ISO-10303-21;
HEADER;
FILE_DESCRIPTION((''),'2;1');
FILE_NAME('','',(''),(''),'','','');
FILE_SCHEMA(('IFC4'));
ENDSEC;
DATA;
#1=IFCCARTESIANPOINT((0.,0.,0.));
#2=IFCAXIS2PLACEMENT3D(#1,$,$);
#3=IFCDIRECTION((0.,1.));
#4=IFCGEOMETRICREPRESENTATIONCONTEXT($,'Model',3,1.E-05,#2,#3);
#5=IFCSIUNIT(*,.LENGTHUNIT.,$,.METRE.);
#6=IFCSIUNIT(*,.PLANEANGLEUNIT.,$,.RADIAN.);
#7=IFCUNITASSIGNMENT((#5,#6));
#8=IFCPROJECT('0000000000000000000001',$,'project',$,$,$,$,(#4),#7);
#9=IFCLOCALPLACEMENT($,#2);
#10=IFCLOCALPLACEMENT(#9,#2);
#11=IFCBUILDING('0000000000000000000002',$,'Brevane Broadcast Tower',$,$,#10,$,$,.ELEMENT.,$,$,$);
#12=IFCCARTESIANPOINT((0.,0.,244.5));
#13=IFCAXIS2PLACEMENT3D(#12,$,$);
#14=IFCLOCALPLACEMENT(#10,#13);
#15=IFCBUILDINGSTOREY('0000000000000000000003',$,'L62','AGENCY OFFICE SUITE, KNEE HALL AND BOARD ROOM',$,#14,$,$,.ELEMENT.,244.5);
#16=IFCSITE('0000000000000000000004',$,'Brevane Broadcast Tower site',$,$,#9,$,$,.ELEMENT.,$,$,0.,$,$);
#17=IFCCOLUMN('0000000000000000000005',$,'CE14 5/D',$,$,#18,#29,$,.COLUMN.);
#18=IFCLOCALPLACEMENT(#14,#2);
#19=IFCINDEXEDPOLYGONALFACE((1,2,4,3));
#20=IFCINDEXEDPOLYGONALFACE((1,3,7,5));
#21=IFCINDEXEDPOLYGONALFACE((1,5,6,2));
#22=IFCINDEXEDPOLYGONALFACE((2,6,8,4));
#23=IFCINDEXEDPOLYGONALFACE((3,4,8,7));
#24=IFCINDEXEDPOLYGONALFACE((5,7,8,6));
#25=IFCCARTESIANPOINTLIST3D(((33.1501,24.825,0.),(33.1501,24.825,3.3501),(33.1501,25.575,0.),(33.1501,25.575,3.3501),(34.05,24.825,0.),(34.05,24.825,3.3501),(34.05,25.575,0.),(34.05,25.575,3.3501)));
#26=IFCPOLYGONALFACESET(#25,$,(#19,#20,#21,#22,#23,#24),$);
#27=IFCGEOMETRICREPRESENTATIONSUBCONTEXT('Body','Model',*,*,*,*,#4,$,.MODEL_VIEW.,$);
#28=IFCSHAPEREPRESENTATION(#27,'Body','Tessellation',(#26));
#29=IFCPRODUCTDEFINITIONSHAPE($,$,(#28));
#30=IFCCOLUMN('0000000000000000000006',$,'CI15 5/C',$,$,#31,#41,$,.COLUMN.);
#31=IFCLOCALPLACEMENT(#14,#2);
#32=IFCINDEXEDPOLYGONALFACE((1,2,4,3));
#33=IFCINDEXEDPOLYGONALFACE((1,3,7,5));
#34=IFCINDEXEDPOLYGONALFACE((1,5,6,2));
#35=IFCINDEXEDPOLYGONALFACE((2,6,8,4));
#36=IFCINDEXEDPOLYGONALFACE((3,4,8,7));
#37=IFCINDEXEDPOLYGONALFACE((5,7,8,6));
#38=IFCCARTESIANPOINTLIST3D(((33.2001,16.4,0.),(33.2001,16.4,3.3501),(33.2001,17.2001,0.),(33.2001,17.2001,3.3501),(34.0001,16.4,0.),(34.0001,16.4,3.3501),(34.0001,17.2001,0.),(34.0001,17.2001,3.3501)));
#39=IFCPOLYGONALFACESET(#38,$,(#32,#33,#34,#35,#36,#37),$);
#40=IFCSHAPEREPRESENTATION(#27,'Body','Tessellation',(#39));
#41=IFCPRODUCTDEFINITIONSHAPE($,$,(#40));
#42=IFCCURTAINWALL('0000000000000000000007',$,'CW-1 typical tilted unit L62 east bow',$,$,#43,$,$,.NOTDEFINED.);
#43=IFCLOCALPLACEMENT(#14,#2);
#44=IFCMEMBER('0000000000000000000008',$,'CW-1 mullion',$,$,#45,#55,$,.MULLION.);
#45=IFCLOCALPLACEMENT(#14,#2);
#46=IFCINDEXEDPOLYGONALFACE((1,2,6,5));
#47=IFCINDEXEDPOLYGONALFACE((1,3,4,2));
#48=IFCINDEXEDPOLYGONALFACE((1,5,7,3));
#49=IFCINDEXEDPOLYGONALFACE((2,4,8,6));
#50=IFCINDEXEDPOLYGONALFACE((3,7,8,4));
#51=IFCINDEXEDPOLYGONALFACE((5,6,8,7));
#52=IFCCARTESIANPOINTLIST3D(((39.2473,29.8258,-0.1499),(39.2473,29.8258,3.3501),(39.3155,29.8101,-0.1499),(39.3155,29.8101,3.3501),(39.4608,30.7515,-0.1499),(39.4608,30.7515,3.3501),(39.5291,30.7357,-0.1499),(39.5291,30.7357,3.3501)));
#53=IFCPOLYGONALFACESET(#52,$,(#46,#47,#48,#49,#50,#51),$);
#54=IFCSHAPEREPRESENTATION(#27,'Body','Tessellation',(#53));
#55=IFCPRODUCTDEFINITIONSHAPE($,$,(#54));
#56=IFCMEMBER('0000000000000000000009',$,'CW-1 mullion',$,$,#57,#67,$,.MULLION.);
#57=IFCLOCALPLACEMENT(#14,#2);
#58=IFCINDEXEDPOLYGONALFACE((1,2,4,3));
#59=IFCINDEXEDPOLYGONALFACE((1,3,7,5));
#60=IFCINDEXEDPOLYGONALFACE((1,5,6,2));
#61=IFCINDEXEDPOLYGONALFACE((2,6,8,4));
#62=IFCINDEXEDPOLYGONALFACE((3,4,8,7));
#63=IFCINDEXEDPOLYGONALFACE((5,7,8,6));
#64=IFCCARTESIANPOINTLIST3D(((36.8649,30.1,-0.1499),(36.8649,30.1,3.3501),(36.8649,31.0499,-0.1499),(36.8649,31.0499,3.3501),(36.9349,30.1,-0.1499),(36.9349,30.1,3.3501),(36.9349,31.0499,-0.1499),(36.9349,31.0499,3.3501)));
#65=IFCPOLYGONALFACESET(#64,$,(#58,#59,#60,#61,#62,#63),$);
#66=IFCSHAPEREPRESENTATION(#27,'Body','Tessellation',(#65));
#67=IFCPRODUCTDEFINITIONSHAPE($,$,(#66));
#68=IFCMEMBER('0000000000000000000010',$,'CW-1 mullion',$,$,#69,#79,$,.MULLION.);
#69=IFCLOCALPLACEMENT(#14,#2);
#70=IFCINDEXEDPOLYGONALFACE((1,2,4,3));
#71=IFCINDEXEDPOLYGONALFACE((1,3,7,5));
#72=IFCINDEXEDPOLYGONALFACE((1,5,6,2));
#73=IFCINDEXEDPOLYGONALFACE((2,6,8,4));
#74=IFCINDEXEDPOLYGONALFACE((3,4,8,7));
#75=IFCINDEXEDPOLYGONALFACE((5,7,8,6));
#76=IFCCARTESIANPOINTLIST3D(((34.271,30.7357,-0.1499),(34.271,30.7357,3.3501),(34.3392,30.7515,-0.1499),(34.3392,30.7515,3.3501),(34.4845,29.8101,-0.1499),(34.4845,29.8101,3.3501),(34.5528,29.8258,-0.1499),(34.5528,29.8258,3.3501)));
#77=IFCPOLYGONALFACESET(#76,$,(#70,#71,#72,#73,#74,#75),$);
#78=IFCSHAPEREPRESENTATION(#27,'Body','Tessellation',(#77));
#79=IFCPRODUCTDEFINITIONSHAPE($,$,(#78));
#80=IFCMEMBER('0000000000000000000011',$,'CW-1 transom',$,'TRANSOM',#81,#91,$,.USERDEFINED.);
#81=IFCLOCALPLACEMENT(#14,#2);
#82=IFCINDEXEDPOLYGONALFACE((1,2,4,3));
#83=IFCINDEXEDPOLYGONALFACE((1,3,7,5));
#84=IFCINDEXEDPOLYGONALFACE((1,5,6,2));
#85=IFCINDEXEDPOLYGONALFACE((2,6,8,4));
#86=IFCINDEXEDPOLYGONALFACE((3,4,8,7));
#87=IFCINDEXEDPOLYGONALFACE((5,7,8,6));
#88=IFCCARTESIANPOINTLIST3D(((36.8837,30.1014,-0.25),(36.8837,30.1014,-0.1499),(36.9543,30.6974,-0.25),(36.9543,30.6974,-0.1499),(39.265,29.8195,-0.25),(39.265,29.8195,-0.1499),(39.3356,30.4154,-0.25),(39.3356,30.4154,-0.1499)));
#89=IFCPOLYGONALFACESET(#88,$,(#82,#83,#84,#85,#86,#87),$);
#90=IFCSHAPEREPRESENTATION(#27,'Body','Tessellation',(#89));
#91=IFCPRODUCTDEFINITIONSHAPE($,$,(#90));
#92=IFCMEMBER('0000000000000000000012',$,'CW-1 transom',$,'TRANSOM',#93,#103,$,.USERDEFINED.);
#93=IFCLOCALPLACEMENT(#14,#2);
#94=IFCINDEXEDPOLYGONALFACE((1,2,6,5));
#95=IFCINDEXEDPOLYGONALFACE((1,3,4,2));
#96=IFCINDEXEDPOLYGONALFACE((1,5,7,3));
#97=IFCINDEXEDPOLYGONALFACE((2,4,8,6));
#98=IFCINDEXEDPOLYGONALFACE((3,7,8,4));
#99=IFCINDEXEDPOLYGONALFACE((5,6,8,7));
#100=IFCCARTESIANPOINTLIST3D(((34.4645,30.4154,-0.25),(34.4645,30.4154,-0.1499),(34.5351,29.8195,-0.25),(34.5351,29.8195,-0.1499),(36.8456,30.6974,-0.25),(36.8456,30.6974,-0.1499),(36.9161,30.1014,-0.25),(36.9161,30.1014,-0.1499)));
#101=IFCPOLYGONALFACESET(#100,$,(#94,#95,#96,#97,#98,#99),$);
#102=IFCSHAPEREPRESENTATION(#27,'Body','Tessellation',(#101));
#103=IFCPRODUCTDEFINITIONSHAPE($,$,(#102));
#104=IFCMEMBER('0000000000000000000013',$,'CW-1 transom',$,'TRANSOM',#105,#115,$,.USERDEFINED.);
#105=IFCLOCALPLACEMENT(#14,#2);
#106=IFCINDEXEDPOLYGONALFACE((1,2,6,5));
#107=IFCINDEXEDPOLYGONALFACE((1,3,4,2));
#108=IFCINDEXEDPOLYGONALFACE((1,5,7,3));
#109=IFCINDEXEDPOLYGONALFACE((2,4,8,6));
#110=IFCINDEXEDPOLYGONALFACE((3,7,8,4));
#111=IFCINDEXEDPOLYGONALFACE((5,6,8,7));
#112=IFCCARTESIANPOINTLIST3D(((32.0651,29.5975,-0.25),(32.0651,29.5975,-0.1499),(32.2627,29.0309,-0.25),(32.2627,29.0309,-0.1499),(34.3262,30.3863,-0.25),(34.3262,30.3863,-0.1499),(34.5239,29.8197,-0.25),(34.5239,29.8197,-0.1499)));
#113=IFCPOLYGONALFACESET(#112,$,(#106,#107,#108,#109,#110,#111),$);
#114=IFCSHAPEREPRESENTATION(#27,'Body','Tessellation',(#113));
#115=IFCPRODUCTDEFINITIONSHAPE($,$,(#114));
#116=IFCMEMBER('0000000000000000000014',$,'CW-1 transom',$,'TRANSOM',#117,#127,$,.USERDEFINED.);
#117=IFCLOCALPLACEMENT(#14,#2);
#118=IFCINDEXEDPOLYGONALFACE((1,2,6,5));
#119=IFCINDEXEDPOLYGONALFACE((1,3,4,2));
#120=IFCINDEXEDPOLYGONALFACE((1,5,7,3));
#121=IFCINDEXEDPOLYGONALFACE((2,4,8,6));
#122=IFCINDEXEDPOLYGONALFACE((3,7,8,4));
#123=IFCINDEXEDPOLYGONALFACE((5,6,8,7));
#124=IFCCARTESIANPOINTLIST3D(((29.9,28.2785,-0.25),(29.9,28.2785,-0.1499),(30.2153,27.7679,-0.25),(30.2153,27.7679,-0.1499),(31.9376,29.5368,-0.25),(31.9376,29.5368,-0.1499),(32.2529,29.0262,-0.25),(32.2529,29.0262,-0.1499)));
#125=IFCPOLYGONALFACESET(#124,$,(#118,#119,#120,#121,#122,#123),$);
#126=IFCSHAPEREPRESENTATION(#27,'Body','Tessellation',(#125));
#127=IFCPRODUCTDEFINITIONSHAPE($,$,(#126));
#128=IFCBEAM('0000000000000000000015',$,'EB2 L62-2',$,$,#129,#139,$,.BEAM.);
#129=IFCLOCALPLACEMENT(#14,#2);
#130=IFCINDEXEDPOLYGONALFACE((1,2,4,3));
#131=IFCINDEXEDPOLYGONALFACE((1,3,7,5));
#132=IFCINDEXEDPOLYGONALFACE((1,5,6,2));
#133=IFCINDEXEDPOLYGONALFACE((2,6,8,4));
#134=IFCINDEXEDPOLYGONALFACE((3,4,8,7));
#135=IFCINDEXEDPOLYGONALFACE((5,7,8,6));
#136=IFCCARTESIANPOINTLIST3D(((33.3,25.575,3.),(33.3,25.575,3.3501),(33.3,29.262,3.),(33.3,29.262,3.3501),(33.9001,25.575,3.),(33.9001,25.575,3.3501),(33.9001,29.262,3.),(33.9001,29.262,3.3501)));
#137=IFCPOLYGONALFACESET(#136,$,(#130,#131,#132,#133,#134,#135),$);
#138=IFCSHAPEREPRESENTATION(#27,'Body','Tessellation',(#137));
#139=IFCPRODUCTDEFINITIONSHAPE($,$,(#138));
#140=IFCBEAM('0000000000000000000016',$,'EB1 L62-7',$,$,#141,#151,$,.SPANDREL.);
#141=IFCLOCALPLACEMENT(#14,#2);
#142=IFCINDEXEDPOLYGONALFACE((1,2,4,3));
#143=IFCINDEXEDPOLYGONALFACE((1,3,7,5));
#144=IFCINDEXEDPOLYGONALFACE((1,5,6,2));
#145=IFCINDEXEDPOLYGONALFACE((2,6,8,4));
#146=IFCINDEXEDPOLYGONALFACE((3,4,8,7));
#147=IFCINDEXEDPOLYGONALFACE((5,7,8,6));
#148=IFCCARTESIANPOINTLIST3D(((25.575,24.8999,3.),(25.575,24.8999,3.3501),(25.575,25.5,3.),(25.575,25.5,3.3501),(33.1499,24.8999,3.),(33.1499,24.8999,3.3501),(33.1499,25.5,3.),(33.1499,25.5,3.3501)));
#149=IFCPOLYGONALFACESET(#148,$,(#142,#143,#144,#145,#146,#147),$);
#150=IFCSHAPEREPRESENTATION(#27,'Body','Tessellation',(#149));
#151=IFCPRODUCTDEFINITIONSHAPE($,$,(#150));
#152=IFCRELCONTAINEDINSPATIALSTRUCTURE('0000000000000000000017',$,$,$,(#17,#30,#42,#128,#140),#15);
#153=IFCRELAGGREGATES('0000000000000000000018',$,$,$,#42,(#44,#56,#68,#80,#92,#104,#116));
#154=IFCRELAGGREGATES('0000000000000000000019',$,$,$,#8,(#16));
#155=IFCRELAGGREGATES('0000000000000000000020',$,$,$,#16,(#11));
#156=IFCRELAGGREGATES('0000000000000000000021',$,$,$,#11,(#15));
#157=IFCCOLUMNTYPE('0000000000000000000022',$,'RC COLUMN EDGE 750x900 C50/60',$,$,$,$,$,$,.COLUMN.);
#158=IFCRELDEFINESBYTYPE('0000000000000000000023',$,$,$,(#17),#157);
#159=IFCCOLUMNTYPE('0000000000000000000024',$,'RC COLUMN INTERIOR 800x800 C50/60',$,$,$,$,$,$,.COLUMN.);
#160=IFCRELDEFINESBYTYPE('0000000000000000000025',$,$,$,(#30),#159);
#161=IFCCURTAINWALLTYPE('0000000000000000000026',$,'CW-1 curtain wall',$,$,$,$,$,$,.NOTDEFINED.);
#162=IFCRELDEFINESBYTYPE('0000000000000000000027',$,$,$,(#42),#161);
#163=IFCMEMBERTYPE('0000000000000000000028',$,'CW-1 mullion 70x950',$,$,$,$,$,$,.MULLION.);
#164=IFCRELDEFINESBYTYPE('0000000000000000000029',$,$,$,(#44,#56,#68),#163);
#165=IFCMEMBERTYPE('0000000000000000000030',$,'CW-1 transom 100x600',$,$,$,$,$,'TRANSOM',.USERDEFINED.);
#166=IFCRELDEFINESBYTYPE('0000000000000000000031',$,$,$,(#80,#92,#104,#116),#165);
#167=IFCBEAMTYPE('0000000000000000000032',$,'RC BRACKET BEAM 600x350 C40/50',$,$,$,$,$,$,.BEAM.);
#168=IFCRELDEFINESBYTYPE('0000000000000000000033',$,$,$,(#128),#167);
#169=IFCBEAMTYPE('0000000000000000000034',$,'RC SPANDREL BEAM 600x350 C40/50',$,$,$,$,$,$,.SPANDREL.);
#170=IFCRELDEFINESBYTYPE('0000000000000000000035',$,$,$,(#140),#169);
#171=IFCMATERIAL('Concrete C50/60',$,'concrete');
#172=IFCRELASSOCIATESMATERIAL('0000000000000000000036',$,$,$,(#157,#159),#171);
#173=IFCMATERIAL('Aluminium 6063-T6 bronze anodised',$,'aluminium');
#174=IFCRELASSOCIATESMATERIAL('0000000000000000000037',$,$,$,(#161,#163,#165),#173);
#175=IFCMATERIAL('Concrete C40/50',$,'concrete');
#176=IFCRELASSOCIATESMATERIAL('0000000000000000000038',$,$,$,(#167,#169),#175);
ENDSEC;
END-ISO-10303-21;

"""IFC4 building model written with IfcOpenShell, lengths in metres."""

from ifc_helpers import new_model, si_unit, direction, frame, origin, origin_2d, place, context, subcontext, project, spatial, rectangle, extrude, material, material_profile, profile_set, type_object, element, aggregate, save


model = new_model("IFC4")

# Units and contexts
model_context = context("Model", 3, precision=1e-05, world=origin(), true_north=direction((0.0, 1.0)))
body_context = subcontext(model_context, "Body", "Model", "MODEL_VIEW")
ifc_project = project(units=[si_unit("LENGTHUNIT", "METRE"), si_unit("PLANEANGLEUNIT", "RADIAN")], contexts=[model_context])

# Site, building, storey
site_placement = place(None, origin())
site = spatial("IfcSite", under=ifc_project, at=site_placement, Name="Brevane Broadcast Tower site", CompositionType="ELEMENT", RefElevation=0.0)
building_placement = place(site_placement, origin())
building = spatial("IfcBuilding", under=site, at=building_placement, Name="Brevane Broadcast Tower", CompositionType="ELEMENT")
storey_placement = place(building_placement, frame((0.0, 0.0, 244.5)))
storey = spatial("IfcBuildingStorey", under=building, at=storey_placement, Name="L62", Description="AGENCY OFFICE SUITE, KNEE HALL AND BOARD ROOM", CompositionType="ELEMENT", Elevation=244.5)

# Columns
ifc_material_1 = material(Name="Concrete C50/60", Category="concrete")
ifc_material_profile_1 = material_profile(ifc_material_1, rectangle(XDim=0.75, YDim=0.8999, at=origin_2d()), Name="RC 750x900")
ifc_profile_set_1 = profile_set([ifc_material_profile_1], Name="Concrete C50/60")
column_type_1 = type_object("IfcColumnType", Name="RC COLUMN EDGE 750x900 C50/60", PredefinedType="COLUMN", material=ifc_profile_set_1)
column_1_placement = place(storey_placement, frame((33.6001, 25.2, 0.0), z_axis=(0.0, 0.0, 1.0), x_axis=(0.0, 1.0, 0.0)))
element("IfcColumn", 1, at=column_1_placement, inside=storey, type_object=column_type_1, Name="CE14 5/D", PredefinedType="COLUMN", context=body_context, shape_type="SweptSolid", body=[
    extrude(rectangle(XDim=0.75, YDim=0.8999, at=origin_2d()), origin(), (0.0, 0.0, 1.0), 3.3501),
])
ifc_material_profile_2 = material_profile(ifc_material_1, rectangle(XDim=0.8, YDim=0.8, at=origin_2d()), Name="RC 800x800")
ifc_profile_set_2 = profile_set([ifc_material_profile_2], Name="Concrete C50/60")
column_type_2 = type_object("IfcColumnType", Name="RC COLUMN INTERIOR 800x800 C50/60", PredefinedType="COLUMN", material=ifc_profile_set_2)
column_2_placement = place(storey_placement, frame((33.6001, 16.8, 0.0), z_axis=(0.0, 0.0, 1.0), x_axis=(1.0, 0.0, 0.0)))
element("IfcColumn", 2, at=column_2_placement, inside=storey, type_object=column_type_2, Name="CI15 5/C", PredefinedType="COLUMN", context=body_context, shape_type="SweptSolid", body=[
    extrude(rectangle(XDim=0.8, YDim=0.8, at=origin_2d()), origin(), (0.0, 0.0, 1.0), 3.3501),
])

# Curtain wall, members
ifc_material_2 = material(Name="Aluminium 6063-T6 bronze anodised", Category="aluminium")
curtain_wall_type = type_object("IfcCurtainWallType", Name="CW-1 curtain wall", PredefinedType="NOTDEFINED", material=ifc_material_2)
curtain_wall_placement = place(storey_placement, origin())
curtain_wall = element("IfcCurtainWall", 3, at=curtain_wall_placement, inside=storey, type_object=curtain_wall_type, Name="CW-1 typical tilted unit L62 east bow", PredefinedType="NOTDEFINED")
ifc_material_profile_3 = material_profile(ifc_material_2, rectangle(XDim=0.95, YDim=0.0701, at=origin_2d()), Name="RECT 70x950")
ifc_profile_set_3 = profile_set([ifc_material_profile_3], Name="Aluminium 6063-T6 bronze anodised")
member_type_1 = type_object("IfcMemberType", Name="CW-1 mullion 70x950", PredefinedType="MULLION", material=ifc_profile_set_3)
member_1_placement = place(storey_placement, frame((39.3882, 30.2808, -0.1499), z_axis=(0.0, 0.0, 1.0), x_axis=(-0.224807, -0.974403, 0.0)))
member_1 = element("IfcMember", 4, at=member_1_placement, type_object=member_type_1, Name="CW-1 mullion", PredefinedType="MULLION", context=body_context, shape_type="SweptSolid", body=[
    extrude(rectangle(XDim=0.95, YDim=0.0701, at=origin_2d()), origin(), (0.0, 0.0, 1.0), 3.5),
])
member_2_placement = place(storey_placement, frame((36.8999, 30.575, -0.1499), z_axis=(0.0, 0.0, 1.0), x_axis=(0.0, -1.0, 0.0)))
member_2 = element("IfcMember", 5, at=member_2_placement, type_object=member_type_1, Name="CW-1 mullion", PredefinedType="MULLION", context=body_context, shape_type="SweptSolid", body=[
    extrude(rectangle(XDim=0.95, YDim=0.0701, at=origin_2d()), origin(), (0.0, 0.0, 1.0), 3.5),
])
member_3_placement = place(storey_placement, frame((34.4119, 30.2808, -0.1499), z_axis=(0.0, 0.0, 1.0), x_axis=(0.224807, -0.974403, 0.0)))
member_3 = element("IfcMember", 6, at=member_3_placement, type_object=member_type_1, Name="CW-1 mullion", PredefinedType="MULLION", context=body_context, shape_type="SweptSolid", body=[
    extrude(rectangle(XDim=0.95, YDim=0.0701, at=origin_2d()), origin(), (0.0, 0.0, 1.0), 3.5),
])
ifc_material_profile_4 = material_profile(ifc_material_2, rectangle(XDim=0.6001, YDim=0.1001, at=origin_2d()), Name="RECT 100x600")
ifc_profile_set_4 = profile_set([ifc_material_profile_4], Name="Aluminium 6063-T6 bronze anodised")
member_type_2 = type_object("IfcMemberType", Name="CW-1 transom 100x600", ElementType="TRANSOM", PredefinedType="USERDEFINED", material=ifc_profile_set_4)
member_4_placement = place(storey_placement, frame((39.3003, 30.1174, -0.2), z_axis=(-0.993062, 0.117591, 0.0), x_axis=(-0.117591, -0.993062, 0.0)))
member_4 = element("IfcMember", 7, at=member_4_placement, type_object=member_type_2, Name="CW-1 transom", ObjectType="TRANSOM", PredefinedType="USERDEFINED", context=body_context, shape_type="SweptSolid", body=[
    extrude(rectangle(XDim=0.6001, YDim=0.1001, at=origin_2d()), origin(), (0.0, 0.0, 1.0), 2.3979),
])
member_5_placement = place(storey_placement, frame((36.8809, 30.3994, -0.2), z_axis=(-0.993061, -0.117603, 0.0), x_axis=(0.117603, -0.993061, 0.0)))
member_5 = element("IfcMember", 8, at=member_5_placement, type_object=member_type_2, Name="CW-1 transom", ObjectType="TRANSOM", PredefinedType="USERDEFINED", context=body_context, shape_type="SweptSolid", body=[
    extrude(rectangle(XDim=0.6001, YDim=0.1001, at=origin_2d()), origin(), (0.0, 0.0, 1.0), 2.3977),
])
member_6_placement = place(storey_placement, frame((34.425, 30.103, -0.2), z_axis=(-0.944198, -0.329378, 0.0), x_axis=(0.329378, -0.944198, 0.0)))
member_6 = element("IfcMember", 9, at=member_6_placement, type_object=member_type_2, Name="CW-1 transom", ObjectType="TRANSOM", PredefinedType="USERDEFINED", context=body_context, shape_type="SweptSolid", body=[
    extrude(rectangle(XDim=0.6001, YDim=0.1001, at=origin_2d()), origin(), (0.0, 0.0, 1.0), 2.3948),
])
member_7_placement = place(storey_placement, frame((32.0952, 29.2815, -0.2), z_axis=(-0.850838, -0.525428, 0.0), x_axis=(0.525428, -0.850838, 0.0)))
member_7 = element("IfcMember", 10, at=member_7_placement, type_object=member_type_2, Name="CW-1 transom", ObjectType="TRANSOM", PredefinedType="USERDEFINED", context=body_context, shape_type="SweptSolid", body=[
    extrude(rectangle(XDim=0.6001, YDim=0.1001, at=origin_2d()), origin(), (0.0, 0.0, 1.0), 2.3948),
])
aggregate(curtain_wall, [member_1, member_2, member_3, member_4, member_5, member_6, member_7])

# Beams
ifc_material_3 = material(Name="Concrete C40/50", Category="concrete")
ifc_material_profile_5 = material_profile(ifc_material_3, rectangle(XDim=0.6001, YDim=0.3501, at=origin_2d()), Name="RC 600x350")
ifc_profile_set_5 = profile_set([ifc_material_profile_5], Name="Concrete C40/50")
beam_type_1 = type_object("IfcBeamType", Name="RC BRACKET BEAM 600x350 C40/50", PredefinedType="BEAM", material=ifc_profile_set_5)
beam_1_placement = place(storey_placement, frame((33.6001, 25.575, 3.175), z_axis=(0.0, 1.0, 0.0), x_axis=(-1.0, 0.0, 0.0)))
element("IfcBeam", 11, at=beam_1_placement, inside=storey, type_object=beam_type_1, Name="EB2 L62-2", PredefinedType="BEAM", context=body_context, shape_type="SweptSolid", body=[
    extrude(rectangle(XDim=0.6001, YDim=0.3501, at=origin_2d()), origin(), (0.0, 0.0, 1.0), 3.687),
])
ifc_material_profile_6 = material_profile(ifc_material_3, rectangle(XDim=0.6001, YDim=0.3501, at=origin_2d()), Name="RC 600x350")
ifc_profile_set_6 = profile_set([ifc_material_profile_6], Name="Concrete C40/50")
beam_type_2 = type_object("IfcBeamType", Name="RC SPANDREL BEAM 600x350 C40/50", PredefinedType="SPANDREL", material=ifc_profile_set_6)
beam_2_placement = place(storey_placement, frame((33.1499, 25.2, 3.175), z_axis=(-1.0, 0.0, 0.0), x_axis=(0.0, -1.0, 0.0)))
element("IfcBeam", 12, at=beam_2_placement, inside=storey, type_object=beam_type_2, Name="EB1 L62-7", PredefinedType="SPANDREL", context=body_context, shape_type="SweptSolid", body=[
    extrude(rectangle(XDim=0.6001, YDim=0.3501, at=origin_2d()), origin(), (0.0, 0.0, 1.0), 7.575),
])

save(model, "model.ifc")
